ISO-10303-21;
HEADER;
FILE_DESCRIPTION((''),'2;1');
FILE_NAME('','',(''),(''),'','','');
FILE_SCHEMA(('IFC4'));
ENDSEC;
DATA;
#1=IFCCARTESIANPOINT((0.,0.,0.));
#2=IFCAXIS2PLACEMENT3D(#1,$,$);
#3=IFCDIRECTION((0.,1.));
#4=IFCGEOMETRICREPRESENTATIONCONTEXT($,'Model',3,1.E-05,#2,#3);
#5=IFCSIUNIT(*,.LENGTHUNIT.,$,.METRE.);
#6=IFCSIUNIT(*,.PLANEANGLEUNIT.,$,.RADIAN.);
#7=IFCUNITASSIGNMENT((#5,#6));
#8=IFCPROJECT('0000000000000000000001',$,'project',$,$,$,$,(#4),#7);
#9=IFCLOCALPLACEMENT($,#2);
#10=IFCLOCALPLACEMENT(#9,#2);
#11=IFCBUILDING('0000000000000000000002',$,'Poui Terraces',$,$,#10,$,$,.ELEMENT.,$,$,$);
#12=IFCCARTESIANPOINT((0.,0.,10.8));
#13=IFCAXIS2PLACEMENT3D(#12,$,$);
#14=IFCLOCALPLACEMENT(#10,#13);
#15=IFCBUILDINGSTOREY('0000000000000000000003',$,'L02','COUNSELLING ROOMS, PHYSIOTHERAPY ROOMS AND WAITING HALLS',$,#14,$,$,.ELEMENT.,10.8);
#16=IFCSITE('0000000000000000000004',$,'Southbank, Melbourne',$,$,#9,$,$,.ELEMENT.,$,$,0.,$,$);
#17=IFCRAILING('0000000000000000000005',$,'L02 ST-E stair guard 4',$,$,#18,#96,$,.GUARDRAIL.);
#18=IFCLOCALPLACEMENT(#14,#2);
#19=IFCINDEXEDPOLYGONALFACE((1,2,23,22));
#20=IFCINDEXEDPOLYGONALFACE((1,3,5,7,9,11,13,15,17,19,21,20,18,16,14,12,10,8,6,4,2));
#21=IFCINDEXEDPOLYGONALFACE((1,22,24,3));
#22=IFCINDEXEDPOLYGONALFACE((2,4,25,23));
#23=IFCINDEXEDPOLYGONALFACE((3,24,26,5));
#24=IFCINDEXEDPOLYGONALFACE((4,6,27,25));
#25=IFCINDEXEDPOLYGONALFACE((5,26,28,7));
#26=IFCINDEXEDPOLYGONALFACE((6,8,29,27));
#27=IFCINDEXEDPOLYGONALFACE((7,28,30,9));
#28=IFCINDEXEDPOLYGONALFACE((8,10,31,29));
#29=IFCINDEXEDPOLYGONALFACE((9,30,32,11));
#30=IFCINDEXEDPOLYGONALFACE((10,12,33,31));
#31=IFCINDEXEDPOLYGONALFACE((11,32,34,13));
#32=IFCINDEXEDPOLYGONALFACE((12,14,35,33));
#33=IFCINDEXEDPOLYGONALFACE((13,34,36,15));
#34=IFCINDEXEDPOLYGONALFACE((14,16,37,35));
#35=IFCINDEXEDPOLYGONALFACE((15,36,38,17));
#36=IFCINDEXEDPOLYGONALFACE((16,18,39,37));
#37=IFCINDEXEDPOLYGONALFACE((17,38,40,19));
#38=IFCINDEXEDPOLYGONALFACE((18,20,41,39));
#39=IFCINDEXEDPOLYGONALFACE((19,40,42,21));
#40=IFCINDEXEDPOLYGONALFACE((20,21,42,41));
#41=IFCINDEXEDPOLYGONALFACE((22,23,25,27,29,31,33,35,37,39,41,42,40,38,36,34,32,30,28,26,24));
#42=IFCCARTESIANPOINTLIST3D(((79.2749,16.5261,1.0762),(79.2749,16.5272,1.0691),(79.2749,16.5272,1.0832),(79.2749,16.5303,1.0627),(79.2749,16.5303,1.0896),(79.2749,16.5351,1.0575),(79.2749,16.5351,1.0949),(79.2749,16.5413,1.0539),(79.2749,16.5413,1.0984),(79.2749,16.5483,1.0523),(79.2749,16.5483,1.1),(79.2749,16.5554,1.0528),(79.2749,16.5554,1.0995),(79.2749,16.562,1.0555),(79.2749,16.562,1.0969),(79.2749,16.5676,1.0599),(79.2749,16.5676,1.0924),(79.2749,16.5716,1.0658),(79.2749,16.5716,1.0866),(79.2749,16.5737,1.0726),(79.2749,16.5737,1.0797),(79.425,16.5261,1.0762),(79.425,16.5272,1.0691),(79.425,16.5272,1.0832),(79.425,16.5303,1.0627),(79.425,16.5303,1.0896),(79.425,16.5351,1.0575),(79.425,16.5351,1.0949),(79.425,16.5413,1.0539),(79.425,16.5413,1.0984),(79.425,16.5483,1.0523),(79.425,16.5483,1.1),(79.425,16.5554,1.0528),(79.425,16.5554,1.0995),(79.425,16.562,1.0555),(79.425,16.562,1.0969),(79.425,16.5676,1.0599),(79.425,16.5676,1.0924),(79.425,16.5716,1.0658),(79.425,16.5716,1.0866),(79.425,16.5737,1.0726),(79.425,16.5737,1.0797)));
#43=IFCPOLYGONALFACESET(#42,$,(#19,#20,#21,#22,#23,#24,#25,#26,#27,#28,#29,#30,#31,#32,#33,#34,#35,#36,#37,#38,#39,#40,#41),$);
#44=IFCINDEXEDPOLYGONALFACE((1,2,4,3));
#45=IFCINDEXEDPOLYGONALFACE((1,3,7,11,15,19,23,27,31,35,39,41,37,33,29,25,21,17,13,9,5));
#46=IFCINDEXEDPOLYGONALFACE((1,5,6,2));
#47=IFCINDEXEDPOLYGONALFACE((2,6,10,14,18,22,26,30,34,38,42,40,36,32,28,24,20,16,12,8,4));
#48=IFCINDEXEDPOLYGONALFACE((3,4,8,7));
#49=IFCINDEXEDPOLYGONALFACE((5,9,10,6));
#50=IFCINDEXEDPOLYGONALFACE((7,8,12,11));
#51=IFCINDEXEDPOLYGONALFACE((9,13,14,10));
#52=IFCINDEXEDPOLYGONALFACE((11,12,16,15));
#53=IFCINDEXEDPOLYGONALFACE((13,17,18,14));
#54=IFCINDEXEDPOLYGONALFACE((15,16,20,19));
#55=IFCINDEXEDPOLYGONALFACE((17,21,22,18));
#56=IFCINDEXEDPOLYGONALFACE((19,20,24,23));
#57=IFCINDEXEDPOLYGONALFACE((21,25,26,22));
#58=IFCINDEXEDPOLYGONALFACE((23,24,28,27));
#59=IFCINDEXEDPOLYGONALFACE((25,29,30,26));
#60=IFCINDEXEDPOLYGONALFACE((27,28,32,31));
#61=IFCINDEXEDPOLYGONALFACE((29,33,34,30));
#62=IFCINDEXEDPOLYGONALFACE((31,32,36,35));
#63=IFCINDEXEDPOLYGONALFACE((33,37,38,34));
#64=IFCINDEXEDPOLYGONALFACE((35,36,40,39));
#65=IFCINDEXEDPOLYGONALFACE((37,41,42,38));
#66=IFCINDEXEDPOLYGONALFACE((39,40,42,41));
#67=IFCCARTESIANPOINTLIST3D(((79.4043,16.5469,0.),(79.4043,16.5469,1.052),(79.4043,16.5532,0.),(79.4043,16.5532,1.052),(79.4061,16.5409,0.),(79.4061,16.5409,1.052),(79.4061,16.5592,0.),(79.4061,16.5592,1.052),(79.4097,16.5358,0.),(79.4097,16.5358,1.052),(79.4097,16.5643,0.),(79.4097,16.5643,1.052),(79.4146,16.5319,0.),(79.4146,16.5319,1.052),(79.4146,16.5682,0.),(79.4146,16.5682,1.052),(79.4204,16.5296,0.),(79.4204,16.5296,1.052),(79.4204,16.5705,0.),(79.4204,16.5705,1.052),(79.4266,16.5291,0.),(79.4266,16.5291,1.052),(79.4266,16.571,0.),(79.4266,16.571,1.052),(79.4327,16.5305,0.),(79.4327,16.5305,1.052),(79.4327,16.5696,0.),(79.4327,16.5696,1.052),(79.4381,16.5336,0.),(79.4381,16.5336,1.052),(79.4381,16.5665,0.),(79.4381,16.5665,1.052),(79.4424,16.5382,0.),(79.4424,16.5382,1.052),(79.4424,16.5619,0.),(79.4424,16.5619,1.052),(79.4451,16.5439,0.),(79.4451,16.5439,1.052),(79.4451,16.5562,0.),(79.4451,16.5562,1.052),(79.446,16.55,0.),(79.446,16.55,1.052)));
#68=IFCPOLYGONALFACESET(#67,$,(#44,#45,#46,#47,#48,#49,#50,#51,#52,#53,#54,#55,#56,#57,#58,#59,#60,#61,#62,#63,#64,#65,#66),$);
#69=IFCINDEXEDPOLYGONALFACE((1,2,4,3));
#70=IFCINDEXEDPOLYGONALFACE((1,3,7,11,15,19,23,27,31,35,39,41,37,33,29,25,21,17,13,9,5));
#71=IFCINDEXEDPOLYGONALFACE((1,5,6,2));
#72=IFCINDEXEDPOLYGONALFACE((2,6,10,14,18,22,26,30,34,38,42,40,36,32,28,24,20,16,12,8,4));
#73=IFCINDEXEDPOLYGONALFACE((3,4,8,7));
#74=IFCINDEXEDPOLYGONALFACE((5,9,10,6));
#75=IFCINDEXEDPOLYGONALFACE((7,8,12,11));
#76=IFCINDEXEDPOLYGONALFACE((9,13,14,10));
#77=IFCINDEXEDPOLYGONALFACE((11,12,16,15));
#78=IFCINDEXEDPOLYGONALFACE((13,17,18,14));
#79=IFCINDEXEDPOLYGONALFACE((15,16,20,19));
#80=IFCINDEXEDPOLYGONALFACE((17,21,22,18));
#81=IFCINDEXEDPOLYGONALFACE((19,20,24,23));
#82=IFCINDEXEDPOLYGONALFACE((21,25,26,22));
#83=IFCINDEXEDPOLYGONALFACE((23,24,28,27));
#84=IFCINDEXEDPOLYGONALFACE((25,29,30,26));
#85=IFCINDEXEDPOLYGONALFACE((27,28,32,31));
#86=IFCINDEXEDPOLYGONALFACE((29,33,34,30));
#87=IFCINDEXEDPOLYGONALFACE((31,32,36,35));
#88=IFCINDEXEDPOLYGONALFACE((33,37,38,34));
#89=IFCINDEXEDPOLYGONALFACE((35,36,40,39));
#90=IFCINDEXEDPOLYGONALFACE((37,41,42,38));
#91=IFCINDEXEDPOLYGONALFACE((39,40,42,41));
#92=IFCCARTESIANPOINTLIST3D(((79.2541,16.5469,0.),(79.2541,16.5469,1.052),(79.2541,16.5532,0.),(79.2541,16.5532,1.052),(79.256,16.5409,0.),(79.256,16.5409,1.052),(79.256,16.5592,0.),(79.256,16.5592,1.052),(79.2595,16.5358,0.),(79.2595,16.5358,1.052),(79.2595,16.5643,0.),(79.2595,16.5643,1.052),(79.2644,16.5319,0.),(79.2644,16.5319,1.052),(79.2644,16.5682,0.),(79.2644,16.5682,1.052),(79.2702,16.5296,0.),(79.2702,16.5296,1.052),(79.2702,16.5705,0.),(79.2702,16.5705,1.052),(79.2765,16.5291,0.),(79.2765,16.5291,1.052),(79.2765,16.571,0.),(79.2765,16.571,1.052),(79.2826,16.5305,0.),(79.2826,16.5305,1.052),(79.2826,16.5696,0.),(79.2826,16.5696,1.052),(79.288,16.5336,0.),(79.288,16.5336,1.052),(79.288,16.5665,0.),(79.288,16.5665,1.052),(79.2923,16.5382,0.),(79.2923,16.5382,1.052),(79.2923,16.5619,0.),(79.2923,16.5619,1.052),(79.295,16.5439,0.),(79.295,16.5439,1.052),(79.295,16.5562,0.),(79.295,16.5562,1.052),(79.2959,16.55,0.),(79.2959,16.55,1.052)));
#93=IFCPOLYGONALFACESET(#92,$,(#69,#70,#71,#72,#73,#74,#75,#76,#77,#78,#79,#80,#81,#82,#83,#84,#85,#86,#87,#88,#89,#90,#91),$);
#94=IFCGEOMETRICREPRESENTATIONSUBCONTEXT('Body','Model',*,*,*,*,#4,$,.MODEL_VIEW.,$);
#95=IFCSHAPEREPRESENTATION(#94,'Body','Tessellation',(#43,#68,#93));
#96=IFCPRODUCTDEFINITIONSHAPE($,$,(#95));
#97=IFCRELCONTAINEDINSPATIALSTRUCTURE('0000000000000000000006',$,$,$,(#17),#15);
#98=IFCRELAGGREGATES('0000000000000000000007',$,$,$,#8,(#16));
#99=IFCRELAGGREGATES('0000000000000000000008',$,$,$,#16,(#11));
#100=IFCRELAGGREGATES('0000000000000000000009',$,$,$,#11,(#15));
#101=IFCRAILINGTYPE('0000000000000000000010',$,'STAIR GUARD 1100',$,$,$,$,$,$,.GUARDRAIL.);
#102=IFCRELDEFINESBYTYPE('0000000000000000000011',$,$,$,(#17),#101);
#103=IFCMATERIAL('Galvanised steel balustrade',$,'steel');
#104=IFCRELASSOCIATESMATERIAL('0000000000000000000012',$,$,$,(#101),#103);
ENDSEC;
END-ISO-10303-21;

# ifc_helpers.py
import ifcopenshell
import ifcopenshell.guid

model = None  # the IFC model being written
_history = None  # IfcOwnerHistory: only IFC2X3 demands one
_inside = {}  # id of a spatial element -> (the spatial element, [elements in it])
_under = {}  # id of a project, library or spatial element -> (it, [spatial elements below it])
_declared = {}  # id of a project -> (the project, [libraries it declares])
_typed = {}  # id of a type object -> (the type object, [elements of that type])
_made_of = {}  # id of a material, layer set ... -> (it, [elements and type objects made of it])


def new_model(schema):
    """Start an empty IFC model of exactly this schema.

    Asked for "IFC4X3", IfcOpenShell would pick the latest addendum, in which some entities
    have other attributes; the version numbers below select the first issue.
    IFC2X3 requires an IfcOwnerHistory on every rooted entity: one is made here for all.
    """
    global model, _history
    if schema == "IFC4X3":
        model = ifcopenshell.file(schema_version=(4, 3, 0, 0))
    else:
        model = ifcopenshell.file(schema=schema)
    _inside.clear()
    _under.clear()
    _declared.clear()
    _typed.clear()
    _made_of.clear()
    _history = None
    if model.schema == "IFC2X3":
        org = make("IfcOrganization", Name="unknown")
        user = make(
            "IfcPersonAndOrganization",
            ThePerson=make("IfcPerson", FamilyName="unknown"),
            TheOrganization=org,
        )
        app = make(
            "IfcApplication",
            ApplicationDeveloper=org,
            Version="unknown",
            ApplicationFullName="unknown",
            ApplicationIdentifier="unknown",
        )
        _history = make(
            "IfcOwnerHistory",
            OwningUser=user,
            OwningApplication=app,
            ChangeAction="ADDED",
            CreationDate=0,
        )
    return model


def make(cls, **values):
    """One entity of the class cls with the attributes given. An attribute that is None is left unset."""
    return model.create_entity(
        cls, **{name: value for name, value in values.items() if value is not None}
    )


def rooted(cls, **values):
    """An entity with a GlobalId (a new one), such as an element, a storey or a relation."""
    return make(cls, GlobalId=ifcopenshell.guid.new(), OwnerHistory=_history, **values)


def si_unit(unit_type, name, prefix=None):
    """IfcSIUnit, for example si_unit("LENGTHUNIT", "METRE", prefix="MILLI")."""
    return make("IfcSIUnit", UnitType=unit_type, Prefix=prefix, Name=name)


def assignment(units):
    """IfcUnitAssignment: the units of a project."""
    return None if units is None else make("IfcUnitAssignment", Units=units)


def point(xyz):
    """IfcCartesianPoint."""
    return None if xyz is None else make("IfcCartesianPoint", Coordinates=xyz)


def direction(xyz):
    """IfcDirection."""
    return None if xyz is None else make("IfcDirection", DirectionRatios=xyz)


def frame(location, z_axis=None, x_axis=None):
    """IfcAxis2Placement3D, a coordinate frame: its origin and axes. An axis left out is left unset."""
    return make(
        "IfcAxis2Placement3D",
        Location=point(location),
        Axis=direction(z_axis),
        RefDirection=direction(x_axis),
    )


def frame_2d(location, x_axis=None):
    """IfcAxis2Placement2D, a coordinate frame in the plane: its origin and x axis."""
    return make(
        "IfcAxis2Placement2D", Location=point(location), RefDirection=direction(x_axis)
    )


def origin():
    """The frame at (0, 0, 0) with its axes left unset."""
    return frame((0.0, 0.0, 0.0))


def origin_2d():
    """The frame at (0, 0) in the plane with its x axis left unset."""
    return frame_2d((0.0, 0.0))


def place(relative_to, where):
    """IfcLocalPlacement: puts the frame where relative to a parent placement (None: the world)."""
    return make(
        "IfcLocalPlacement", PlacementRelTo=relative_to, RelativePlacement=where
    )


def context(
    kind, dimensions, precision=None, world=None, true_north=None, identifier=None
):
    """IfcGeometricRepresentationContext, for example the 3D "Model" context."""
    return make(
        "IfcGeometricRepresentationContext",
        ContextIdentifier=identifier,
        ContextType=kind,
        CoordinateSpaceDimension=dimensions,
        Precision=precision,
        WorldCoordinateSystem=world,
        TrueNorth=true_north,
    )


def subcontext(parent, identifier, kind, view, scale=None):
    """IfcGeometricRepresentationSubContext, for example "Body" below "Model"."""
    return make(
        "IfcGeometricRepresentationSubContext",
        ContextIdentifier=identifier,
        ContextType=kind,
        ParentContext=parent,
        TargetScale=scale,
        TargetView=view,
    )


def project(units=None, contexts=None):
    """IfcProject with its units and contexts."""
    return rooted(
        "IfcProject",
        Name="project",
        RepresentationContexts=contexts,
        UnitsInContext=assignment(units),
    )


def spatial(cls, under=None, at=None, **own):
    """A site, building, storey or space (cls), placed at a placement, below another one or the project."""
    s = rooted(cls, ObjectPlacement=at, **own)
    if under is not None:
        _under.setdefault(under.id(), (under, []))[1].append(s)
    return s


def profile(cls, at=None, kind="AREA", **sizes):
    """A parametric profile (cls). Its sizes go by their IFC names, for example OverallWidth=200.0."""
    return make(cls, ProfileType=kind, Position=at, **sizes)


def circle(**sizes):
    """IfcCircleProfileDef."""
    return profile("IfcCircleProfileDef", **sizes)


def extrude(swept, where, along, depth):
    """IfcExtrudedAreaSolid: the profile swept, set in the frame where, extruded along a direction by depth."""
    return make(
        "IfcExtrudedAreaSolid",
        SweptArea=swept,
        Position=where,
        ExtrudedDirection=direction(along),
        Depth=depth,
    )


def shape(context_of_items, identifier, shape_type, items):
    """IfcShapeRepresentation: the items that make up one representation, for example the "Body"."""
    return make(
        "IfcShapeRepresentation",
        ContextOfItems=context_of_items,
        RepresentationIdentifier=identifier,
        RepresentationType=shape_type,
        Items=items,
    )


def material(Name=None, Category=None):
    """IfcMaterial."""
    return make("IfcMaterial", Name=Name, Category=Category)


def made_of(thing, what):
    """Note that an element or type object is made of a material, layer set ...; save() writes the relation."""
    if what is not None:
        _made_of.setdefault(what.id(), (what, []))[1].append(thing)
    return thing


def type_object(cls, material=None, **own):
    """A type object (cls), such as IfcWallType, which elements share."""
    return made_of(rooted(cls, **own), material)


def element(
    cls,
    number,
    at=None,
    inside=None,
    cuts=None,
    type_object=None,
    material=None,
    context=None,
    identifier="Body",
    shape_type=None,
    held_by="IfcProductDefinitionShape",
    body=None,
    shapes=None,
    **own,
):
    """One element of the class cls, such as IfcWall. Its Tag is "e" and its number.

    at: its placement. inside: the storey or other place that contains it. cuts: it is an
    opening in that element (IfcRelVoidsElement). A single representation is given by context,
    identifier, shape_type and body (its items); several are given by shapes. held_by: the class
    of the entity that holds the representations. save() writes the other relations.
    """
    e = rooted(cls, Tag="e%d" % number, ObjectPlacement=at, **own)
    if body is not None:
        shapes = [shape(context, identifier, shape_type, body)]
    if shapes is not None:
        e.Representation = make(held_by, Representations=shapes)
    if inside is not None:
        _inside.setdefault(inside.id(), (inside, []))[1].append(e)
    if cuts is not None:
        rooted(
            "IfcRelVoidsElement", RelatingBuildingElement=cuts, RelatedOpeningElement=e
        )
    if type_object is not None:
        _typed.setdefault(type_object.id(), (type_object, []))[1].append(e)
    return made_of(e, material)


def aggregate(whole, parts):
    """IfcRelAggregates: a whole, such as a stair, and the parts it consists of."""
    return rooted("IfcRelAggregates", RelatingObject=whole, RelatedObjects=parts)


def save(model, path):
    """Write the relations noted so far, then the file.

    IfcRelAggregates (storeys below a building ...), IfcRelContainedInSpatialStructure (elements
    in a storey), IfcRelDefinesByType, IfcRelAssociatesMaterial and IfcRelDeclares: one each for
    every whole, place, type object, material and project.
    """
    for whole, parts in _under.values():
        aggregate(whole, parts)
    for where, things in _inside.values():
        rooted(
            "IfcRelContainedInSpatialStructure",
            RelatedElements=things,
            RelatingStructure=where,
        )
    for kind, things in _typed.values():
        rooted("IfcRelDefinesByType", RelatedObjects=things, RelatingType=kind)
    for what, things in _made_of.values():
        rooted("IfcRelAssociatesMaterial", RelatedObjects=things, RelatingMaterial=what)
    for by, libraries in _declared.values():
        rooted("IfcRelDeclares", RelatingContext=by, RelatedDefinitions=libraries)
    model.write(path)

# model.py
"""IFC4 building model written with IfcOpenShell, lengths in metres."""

from ifc_helpers import new_model, si_unit, direction, frame, origin, origin_2d, place, context, subcontext, project, spatial, circle, extrude, material, type_object, element, save


model = new_model("IFC4")

# Units and contexts
model_context = context("Model", 3, precision=1e-05, world=origin(), true_north=direction((0.0, 1.0)))
body_context = subcontext(model_context, "Body", "Model", "MODEL_VIEW")
ifc_project = project(units=[si_unit("LENGTHUNIT", "METRE"), si_unit("PLANEANGLEUNIT", "RADIAN")], contexts=[model_context])

# Site, building, storey
site_placement = place(None, origin())
site = spatial("IfcSite", under=ifc_project, at=site_placement, Name="Southbank, Melbourne", CompositionType="ELEMENT", RefElevation=0.0)
building_placement = place(site_placement, origin())
building = spatial("IfcBuilding", under=site, at=building_placement, Name="Poui Terraces", CompositionType="ELEMENT")
storey_placement = place(building_placement, frame((0.0, 0.0, 10.8)))
storey = spatial("IfcBuildingStorey", under=building, at=storey_placement, Name="L02", Description="COUNSELLING ROOMS, PHYSIOTHERAPY ROOMS AND WAITING HALLS", CompositionType="ELEMENT", Elevation=10.8)

# Railing
ifc_material_1 = material(Name="Galvanised steel balustrade", Category="steel")
railing_type_1 = type_object("IfcRailingType", Name="STAIR GUARD 1100", PredefinedType="GUARDRAIL", material=ifc_material_1)
railing_1_placement = place(storey_placement, frame((79.425, 16.55, 0.0)))
element("IfcRailing", 1, at=railing_1_placement, inside=storey, type_object=railing_type_1, Name="L02 ST-E stair guard 4", PredefinedType="GUARDRAIL", context=body_context, shape_type="SweptSolid", body=[
    extrude(circle(Radius=0.0239, at=origin_2d()), frame((0.0, 0.0, 1.0762), z_axis=(-1.0, 0.0, 0.0), x_axis=(0.0, -1.0, 0.0)), (0.0, 0.0, 1.0), 0.1501),
    extrude(circle(Radius=0.021, at=origin_2d()), origin(), (0.0, 0.0, 1.0), 1.052),
    extrude(circle(Radius=0.021, at=origin_2d()), frame((-0.1501, 0.0, 0.0)), (0.0, 0.0, 1.0), 1.052),
])

save(model, "model.ifc")
